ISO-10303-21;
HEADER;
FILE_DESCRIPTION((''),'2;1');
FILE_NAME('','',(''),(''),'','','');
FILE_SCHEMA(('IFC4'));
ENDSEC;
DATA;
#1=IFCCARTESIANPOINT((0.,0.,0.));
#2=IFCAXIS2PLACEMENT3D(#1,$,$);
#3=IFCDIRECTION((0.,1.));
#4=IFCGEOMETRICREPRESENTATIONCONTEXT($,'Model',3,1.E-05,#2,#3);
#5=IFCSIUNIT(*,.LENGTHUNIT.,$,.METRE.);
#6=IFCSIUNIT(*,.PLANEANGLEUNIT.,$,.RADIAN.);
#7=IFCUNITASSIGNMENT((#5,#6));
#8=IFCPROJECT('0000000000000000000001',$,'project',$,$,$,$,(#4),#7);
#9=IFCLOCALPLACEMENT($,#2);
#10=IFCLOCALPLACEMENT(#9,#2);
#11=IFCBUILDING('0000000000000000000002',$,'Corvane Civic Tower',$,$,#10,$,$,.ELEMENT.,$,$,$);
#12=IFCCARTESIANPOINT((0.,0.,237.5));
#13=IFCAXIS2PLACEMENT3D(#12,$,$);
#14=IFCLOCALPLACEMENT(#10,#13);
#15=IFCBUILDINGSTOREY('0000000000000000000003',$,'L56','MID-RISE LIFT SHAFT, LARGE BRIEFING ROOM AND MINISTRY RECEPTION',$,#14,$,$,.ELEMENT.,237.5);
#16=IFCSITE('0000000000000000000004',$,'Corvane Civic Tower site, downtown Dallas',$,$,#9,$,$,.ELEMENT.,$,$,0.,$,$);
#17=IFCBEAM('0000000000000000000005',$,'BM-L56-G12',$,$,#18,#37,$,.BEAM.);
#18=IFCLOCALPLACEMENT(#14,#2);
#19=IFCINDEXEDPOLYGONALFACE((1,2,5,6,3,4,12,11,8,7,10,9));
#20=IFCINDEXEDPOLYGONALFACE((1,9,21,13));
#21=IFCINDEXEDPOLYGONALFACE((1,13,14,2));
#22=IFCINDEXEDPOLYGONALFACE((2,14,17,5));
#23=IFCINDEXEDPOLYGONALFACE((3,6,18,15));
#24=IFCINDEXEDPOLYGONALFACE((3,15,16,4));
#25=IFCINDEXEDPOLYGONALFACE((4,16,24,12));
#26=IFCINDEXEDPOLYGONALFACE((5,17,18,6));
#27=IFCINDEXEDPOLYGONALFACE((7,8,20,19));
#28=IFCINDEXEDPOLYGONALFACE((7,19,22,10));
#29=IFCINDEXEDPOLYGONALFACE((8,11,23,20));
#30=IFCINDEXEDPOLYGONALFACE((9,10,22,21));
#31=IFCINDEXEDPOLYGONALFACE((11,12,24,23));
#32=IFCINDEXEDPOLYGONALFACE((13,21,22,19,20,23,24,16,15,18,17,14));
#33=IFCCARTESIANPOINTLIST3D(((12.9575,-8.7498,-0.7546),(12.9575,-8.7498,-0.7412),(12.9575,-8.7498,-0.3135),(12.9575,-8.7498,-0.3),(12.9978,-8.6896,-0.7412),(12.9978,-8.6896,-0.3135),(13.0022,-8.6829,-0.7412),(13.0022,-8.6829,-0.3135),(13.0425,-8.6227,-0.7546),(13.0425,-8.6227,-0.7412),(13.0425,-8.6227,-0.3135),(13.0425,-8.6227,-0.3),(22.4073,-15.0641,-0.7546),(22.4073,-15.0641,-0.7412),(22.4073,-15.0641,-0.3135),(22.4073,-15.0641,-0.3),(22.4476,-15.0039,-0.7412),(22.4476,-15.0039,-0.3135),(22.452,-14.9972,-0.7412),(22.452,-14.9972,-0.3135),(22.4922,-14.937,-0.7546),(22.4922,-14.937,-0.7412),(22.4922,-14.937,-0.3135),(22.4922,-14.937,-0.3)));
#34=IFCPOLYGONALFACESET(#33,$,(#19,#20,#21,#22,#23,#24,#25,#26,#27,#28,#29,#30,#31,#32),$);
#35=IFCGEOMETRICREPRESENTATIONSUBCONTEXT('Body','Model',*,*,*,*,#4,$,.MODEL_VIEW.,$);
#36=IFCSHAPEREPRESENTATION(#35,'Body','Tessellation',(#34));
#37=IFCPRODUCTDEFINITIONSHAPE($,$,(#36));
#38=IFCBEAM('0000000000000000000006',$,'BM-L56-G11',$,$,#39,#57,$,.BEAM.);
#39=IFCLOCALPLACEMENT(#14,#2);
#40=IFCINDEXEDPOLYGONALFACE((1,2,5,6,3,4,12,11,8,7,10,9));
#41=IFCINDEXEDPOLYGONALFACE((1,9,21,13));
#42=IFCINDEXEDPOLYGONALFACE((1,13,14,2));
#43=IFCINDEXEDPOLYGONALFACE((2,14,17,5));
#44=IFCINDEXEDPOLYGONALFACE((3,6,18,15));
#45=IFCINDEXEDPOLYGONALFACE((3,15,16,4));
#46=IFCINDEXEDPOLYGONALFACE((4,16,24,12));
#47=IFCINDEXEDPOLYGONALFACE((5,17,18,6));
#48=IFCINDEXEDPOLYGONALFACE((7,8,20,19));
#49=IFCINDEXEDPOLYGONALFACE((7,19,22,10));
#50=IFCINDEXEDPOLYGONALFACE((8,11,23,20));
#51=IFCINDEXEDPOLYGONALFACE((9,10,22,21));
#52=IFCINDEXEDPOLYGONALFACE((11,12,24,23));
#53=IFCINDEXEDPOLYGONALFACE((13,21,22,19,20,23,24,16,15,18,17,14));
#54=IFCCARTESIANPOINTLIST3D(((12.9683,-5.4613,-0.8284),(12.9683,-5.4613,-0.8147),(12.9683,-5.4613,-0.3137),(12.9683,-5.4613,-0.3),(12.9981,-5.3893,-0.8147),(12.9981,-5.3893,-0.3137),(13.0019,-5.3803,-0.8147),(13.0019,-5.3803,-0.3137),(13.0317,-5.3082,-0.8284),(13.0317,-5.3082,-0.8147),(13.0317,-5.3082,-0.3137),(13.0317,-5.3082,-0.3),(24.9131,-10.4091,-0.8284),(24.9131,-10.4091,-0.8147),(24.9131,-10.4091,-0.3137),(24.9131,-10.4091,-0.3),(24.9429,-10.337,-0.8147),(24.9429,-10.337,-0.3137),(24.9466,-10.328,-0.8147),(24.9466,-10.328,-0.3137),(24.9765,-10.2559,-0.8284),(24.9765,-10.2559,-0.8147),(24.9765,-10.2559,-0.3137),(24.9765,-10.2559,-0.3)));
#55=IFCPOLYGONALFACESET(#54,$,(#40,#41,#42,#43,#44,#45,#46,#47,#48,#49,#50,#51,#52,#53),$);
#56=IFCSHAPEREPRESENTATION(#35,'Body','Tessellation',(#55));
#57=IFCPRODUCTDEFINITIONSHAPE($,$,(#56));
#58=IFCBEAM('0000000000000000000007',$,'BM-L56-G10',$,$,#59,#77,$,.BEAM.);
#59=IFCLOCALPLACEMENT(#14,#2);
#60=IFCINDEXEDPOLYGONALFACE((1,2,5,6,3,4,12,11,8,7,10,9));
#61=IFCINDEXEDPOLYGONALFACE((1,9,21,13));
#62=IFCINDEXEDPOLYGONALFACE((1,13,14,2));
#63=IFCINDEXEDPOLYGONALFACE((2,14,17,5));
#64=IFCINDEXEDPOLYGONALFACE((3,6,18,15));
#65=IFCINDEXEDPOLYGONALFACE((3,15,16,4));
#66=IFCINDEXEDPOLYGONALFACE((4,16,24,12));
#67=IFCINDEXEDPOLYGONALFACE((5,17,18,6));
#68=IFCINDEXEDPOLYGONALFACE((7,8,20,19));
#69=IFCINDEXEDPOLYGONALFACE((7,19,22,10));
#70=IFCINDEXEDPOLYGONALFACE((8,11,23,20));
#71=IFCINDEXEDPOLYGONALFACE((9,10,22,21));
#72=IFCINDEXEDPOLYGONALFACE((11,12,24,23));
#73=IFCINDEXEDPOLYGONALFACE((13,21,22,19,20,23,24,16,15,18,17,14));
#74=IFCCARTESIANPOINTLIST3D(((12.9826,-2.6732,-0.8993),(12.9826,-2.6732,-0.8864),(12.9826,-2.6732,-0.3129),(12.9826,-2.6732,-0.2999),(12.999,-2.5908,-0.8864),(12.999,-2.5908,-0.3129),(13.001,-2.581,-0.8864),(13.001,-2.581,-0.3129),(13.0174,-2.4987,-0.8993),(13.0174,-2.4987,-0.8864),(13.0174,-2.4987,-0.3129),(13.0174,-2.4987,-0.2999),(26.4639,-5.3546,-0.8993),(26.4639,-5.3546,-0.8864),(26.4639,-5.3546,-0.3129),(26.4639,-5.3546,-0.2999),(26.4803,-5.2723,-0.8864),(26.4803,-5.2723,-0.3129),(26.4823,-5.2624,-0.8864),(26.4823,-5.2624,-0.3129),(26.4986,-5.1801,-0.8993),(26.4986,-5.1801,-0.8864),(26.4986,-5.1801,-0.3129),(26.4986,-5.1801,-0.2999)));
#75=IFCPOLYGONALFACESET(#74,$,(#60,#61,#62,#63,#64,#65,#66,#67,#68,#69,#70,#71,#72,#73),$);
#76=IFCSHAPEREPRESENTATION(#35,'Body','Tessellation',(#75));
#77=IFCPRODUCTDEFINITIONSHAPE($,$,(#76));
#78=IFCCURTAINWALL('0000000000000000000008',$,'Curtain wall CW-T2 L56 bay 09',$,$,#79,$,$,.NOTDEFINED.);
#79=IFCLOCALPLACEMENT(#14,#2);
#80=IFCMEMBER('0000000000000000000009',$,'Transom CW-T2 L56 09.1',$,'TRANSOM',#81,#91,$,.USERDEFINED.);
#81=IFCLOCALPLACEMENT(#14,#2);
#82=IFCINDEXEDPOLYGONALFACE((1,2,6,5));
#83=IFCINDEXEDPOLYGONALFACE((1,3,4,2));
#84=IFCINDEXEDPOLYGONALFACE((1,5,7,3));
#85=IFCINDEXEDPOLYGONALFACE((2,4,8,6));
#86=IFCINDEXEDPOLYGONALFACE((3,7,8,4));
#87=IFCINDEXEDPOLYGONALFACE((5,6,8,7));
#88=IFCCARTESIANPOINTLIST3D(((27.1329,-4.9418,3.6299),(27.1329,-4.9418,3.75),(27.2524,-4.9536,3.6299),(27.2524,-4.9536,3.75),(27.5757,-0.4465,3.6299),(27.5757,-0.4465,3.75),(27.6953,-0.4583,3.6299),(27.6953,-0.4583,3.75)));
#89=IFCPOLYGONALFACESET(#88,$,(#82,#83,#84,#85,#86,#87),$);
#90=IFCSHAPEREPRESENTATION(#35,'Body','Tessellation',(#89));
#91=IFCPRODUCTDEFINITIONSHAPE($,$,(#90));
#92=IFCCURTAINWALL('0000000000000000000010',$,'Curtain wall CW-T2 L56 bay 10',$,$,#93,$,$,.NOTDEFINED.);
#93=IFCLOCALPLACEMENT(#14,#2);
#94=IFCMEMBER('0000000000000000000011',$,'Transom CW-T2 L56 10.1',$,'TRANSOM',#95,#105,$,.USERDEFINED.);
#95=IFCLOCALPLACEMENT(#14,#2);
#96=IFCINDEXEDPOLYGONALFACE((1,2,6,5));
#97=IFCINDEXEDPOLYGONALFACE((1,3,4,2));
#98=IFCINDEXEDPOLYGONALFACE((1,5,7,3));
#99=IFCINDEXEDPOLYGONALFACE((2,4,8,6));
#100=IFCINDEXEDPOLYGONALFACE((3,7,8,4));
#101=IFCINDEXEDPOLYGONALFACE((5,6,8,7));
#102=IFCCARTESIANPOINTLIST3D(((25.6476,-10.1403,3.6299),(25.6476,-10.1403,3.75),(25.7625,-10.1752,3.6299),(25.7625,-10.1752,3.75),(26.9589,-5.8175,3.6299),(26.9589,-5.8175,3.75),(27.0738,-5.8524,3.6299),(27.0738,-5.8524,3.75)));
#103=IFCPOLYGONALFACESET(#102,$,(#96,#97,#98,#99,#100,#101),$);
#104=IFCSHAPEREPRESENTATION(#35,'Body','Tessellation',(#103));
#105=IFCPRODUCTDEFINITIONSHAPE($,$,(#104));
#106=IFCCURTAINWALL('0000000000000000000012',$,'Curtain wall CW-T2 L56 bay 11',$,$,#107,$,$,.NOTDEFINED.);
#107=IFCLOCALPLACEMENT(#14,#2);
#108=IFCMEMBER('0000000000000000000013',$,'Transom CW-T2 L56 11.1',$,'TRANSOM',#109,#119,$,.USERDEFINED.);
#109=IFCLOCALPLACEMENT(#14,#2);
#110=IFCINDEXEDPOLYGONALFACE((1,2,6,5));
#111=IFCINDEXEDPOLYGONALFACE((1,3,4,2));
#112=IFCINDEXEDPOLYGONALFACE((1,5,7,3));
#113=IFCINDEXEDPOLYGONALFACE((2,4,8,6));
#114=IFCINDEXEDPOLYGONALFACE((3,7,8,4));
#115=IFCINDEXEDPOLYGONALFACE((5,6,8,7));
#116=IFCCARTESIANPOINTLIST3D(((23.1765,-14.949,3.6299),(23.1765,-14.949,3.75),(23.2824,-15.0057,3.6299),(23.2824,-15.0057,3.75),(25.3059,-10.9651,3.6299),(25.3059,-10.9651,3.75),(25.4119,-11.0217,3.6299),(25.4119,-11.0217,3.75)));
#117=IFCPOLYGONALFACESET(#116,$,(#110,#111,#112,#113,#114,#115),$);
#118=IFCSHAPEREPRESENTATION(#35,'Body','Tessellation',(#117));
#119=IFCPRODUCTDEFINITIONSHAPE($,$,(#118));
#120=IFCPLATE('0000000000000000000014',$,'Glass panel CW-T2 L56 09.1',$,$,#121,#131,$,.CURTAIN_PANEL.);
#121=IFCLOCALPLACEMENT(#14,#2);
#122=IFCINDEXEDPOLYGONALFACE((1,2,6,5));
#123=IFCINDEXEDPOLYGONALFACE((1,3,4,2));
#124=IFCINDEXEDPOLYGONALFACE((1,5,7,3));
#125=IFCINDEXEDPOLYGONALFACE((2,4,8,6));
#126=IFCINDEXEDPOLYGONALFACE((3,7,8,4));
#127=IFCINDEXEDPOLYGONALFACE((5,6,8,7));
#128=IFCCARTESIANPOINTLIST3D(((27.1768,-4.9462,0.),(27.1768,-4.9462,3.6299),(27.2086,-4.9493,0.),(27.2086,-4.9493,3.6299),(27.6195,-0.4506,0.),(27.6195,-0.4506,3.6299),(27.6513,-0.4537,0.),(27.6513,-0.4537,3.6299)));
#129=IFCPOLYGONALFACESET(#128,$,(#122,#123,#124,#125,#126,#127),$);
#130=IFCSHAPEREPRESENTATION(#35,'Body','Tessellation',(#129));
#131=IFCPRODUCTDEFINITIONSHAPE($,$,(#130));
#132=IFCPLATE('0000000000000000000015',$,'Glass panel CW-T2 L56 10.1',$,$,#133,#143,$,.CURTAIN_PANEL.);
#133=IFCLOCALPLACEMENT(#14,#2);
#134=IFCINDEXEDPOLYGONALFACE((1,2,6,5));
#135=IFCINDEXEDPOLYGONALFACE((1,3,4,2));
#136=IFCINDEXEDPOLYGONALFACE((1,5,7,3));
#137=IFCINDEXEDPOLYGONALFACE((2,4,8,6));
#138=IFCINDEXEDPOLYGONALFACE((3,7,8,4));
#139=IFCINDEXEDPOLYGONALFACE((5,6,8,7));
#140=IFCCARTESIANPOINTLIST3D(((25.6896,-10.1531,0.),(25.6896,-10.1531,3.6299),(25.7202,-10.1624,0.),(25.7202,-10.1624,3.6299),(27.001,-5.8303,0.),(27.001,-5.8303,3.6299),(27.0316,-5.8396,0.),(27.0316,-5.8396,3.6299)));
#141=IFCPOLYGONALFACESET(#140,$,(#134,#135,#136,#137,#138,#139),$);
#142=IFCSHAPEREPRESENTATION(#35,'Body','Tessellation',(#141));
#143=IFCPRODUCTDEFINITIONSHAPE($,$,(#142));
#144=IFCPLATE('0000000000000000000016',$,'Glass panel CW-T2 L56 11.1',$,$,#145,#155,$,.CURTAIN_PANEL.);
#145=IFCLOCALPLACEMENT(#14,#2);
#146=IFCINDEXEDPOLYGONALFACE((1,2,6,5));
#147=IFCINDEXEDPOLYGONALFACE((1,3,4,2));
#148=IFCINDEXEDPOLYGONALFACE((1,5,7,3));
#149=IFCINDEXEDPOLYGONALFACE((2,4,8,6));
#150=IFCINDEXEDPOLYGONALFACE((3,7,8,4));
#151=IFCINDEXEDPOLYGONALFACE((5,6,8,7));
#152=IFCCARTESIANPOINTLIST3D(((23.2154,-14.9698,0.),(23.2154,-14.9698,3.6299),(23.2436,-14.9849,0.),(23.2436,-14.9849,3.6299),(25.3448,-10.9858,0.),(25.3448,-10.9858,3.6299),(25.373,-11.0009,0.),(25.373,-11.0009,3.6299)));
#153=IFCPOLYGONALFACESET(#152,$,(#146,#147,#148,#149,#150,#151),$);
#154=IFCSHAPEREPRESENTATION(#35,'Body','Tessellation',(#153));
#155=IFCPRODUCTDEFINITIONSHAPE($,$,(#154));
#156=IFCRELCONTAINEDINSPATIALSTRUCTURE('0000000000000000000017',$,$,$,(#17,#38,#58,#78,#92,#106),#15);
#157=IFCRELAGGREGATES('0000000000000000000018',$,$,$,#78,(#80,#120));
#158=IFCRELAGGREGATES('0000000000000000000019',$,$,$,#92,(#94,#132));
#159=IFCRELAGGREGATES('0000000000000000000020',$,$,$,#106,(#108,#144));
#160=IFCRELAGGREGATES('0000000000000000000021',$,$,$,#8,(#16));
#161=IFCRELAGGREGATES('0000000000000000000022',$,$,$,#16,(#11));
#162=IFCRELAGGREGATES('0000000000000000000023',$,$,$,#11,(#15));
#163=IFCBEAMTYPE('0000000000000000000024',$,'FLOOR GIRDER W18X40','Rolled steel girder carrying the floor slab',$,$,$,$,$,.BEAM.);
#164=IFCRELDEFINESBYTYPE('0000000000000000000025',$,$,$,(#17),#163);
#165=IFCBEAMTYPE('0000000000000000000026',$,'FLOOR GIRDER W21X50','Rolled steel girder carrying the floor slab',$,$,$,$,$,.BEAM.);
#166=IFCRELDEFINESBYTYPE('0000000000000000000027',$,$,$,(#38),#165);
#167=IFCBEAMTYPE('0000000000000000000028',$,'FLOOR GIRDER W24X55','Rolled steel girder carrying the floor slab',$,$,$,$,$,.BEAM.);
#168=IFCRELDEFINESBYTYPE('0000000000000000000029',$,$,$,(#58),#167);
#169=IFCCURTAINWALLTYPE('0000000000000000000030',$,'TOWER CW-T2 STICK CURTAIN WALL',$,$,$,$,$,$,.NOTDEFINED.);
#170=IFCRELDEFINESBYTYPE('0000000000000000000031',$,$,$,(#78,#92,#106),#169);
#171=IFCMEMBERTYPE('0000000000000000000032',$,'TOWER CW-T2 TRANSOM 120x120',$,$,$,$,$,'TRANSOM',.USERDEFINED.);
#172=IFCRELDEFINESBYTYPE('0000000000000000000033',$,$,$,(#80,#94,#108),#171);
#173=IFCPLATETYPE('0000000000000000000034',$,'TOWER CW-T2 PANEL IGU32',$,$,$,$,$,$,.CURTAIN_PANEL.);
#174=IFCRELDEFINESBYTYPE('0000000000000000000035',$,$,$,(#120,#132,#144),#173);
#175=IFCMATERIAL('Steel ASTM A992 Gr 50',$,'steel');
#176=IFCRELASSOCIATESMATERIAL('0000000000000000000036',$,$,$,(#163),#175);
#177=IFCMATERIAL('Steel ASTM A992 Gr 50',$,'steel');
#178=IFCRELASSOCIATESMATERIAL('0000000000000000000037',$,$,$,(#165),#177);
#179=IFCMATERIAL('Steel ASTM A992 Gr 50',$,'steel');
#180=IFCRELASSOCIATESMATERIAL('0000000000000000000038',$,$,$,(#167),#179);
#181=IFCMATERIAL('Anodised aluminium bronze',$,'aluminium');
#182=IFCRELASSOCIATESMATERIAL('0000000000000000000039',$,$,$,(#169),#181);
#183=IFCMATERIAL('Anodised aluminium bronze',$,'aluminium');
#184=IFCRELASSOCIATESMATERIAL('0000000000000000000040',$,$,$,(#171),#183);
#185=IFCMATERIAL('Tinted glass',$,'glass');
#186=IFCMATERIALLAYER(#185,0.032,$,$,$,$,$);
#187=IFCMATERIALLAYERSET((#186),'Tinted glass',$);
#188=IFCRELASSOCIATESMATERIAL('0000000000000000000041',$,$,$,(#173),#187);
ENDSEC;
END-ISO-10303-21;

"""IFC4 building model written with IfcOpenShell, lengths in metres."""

from ifc_helpers import new_model, si_unit, direction, frame, origin, origin_2d, place, context, subcontext, project, spatial, rectangle, i_section, extrude, material, layer, layer_set, material_profile, profile_set, type_object, element, aggregate, save


model = new_model("IFC4")

# Units and contexts
model_context = context("Model", 3, precision=1e-05, world=origin(), true_north=direction((0.0, 1.0)))
body_context = subcontext(model_context, "Body", "Model", "MODEL_VIEW")
ifc_project = project(units=[si_unit("LENGTHUNIT", "METRE"), si_unit("PLANEANGLEUNIT", "RADIAN")], contexts=[model_context])

# Site, building, storey
site_placement = place(None, origin())
site = spatial("IfcSite", under=ifc_project, at=site_placement, Name="Corvane Civic Tower site, downtown Dallas", CompositionType="ELEMENT", RefElevation=0.0)
building_placement = place(site_placement, origin())
building = spatial("IfcBuilding", under=site, at=building_placement, Name="Corvane Civic Tower", CompositionType="ELEMENT")
storey_placement = place(building_placement, frame((0.0, 0.0, 237.5)))
storey = spatial("IfcBuildingStorey", under=building, at=storey_placement, Name="L56", Description="MID-RISE LIFT SHAFT, LARGE BRIEFING ROOM AND MINISTRY RECEPTION", CompositionType="ELEMENT", Elevation=237.5)

# Beams
ifc_material_1 = material(Name="Steel ASTM A992 Gr 50", Category="steel")
ifc_material_profile_1 = material_profile(ifc_material_1, i_section(OverallWidth=0.1528, OverallDepth=0.4546, WebThickness=0.0081, FlangeThickness=0.0134, at=origin_2d()), Name="W18X40")
ifc_profile_set_1 = profile_set([ifc_material_profile_1], Name="Steel ASTM A992 Gr 50")
beam_type_1 = type_object("IfcBeamType", Name="FLOOR GIRDER W18X40", Description="Rolled steel girder carrying the floor slab", PredefinedType="BEAM", material=ifc_profile_set_1)
beam_1_placement = place(storey_placement, frame((13.0, -8.6863, -0.5273), z_axis=(0.831465, -0.555577, 0.0), x_axis=(0.555577, 0.831465, 0.0)))
element("IfcBeam", 1, at=beam_1_placement, inside=storey, type_object=beam_type_1, Name="BM-L56-G12", PredefinedType="BEAM", context=body_context, shape_type="SweptSolid", body=[
    extrude(i_section(OverallWidth=0.1528, OverallDepth=0.4546, WebThickness=0.0081, FlangeThickness=0.0134, at=origin_2d()), origin(), (0.0, 0.0, 1.0), 11.3652),
])
ifc_material_2 = material(Name="Steel ASTM A992 Gr 50", Category="steel")
ifc_material_profile_2 = material_profile(ifc_material_2, i_section(OverallWidth=0.1658, OverallDepth=0.5283, WebThickness=0.0098, FlangeThickness=0.0137, at=origin_2d()), Name="W21X50")
ifc_profile_set_2 = profile_set([ifc_material_profile_2], Name="Steel ASTM A992 Gr 50")
beam_type_2 = type_object("IfcBeamType", Name="FLOOR GIRDER W21X50", Description="Rolled steel girder carrying the floor slab", PredefinedType="BEAM", material=ifc_profile_set_2)
beam_2_placement = place(storey_placement, frame((13.0, -5.3848, -0.5642), z_axis=(0.923878, -0.382686, 0.0), x_axis=(0.382686, 0.923878, 0.0)))
element("IfcBeam", 2, at=beam_2_placement, inside=storey, type_object=beam_type_2, Name="BM-L56-G11", PredefinedType="BEAM", context=body_context, shape_type="SweptSolid", body=[
    extrude(i_section(OverallWidth=0.1658, OverallDepth=0.5283, WebThickness=0.0098, FlangeThickness=0.0137, at=origin_2d()), origin(), (0.0, 0.0, 1.0), 12.929),
])
ifc_material_3 = material(Name="Steel ASTM A992 Gr 50", Category="steel")
ifc_material_profile_3 = material_profile(ifc_material_3, i_section(OverallWidth=0.178, OverallDepth=0.5994, WebThickness=0.01, FlangeThickness=0.0129, at=origin_2d()), Name="W24X55")
ifc_profile_set_3 = profile_set([ifc_material_profile_3], Name="Steel ASTM A992 Gr 50")
beam_type_3 = type_object("IfcBeamType", Name="FLOOR GIRDER W24X55", Description="Rolled steel girder carrying the floor slab", PredefinedType="BEAM", material=ifc_profile_set_3)
beam_3_placement = place(storey_placement, frame((13.0, -2.5859, -0.5996), z_axis=(0.980788, -0.195078, 0.0), x_axis=(0.195078, 0.980788, 0.0)))
element("IfcBeam", 3, at=beam_3_placement, inside=storey, type_object=beam_type_3, Name="BM-L56-G10", PredefinedType="BEAM", context=body_context, shape_type="SweptSolid", body=[
    extrude(i_section(OverallWidth=0.178, OverallDepth=0.5994, WebThickness=0.01, FlangeThickness=0.0129, at=origin_2d()), origin(), (0.0, 0.0, 1.0), 13.7454),
])

# Curtain walls, members
ifc_material_4 = material(Name="Anodised aluminium bronze", Category="aluminium")
curtain_wall_type = type_object("IfcCurtainWallType", Name="TOWER CW-T2 STICK CURTAIN WALL", PredefinedType="NOTDEFINED", material=ifc_material_4)
curtain_wall_1_placement = place(storey_placement, origin())
curtain_wall_1 = element("IfcCurtainWall", 4, at=curtain_wall_1_placement, inside=storey, type_object=curtain_wall_type, Name="Curtain wall CW-T2 L56 bay 09", PredefinedType="NOTDEFINED")
ifc_material_5 = material(Name="Anodised aluminium bronze", Category="aluminium")
ifc_material_profile_4 = material_profile(ifc_material_5, rectangle(XDim=0.1201, YDim=0.1201, at=origin_2d()), Name="TOWER CW-T2 TRANSOM 120x120")
ifc_profile_set_4 = profile_set([ifc_material_profile_4], Name="Anodised aluminium bronze")
member_type = type_object("IfcMemberType", Name="TOWER CW-T2 TRANSOM 120x120", ElementType="TRANSOM", PredefinedType="USERDEFINED", material=ifc_profile_set_4)
member_1_placement = place(storey_placement, frame((27.6355, -0.4524, 3.6899), z_axis=(-0.098043, -0.995182, 0.0), x_axis=(0.995182, -0.098043, 0.0)))
member_1 = element("IfcMember", 5, at=member_1_placement, type_object=member_type, Name="Transom CW-T2 L56 09.1", ObjectType="TRANSOM", PredefinedType="USERDEFINED", context=body_context, shape_type="SweptSolid", body=[
    extrude(rectangle(XDim=0.1201, YDim=0.1201, at=origin_2d()), origin(), (0.0, 0.0, 1.0), 4.5171),
])
curtain_wall_2_placement = place(storey_placement, origin())
curtain_wall_2 = element("IfcCurtainWall", 6, at=curtain_wall_2_placement, inside=storey, type_object=curtain_wall_type, Name="Curtain wall CW-T2 L56 bay 10", PredefinedType="NOTDEFINED")
member_2_placement = place(storey_placement, frame((27.0164, -5.835, 3.6899), z_axis=(-0.290282, -0.956941, 0.0), x_axis=(0.956941, -0.290282, 0.0)))
member_2 = element("IfcMember", 7, at=member_2_placement, type_object=member_type, Name="Transom CW-T2 L56 10.1", ObjectType="TRANSOM", PredefinedType="USERDEFINED", context=body_context, shape_type="SweptSolid", body=[
    extrude(rectangle(XDim=0.1201, YDim=0.1201, at=origin_2d()), origin(), (0.0, 0.0, 1.0), 4.5173),
])
curtain_wall_3_placement = place(storey_placement, origin())
curtain_wall_3 = element("IfcCurtainWall", 8, at=curtain_wall_3_placement, inside=storey, type_object=curtain_wall_type, Name="Curtain wall CW-T2 L56 bay 11", PredefinedType="NOTDEFINED")
member_3_placement = place(storey_placement, frame((25.3589, -10.9934, 3.6899), z_axis=(-0.47139, -0.881925, 0.0), x_axis=(0.881925, -0.47139, 0.0)))
member_3 = element("IfcMember", 9, at=member_3_placement, type_object=member_type, Name="Transom CW-T2 L56 11.1", ObjectType="TRANSOM", PredefinedType="USERDEFINED", context=body_context, shape_type="SweptSolid", body=[
    extrude(rectangle(XDim=0.1201, YDim=0.1201, at=origin_2d()), origin(), (0.0, 0.0, 1.0), 4.5173),
])

# Plates
ifc_material_6 = material(Name="Tinted glass", Category="glass")
ifc_layer_1 = layer(ifc_material_6, 0.032)
ifc_layer_set_1 = layer_set([ifc_layer_1], Name="Tinted glass")
plate_type = type_object("IfcPlateType", Name="TOWER CW-T2 PANEL IGU32", PredefinedType="CURTAIN_PANEL", material=ifc_layer_set_1)
plate_1_placement = place(storey_placement, frame((27.4141, -2.7, 0.0), z_axis=(0.0, 0.0, 1.0), x_axis=(-0.097993, -0.995187, 0.0)))
plate_1 = element("IfcPlate", 10, at=plate_1_placement, type_object=plate_type, Name="Glass panel CW-T2 L56 09.1", PredefinedType="CURTAIN_PANEL", context=body_context, shape_type="SweptSolid", body=[
    extrude(rectangle(XDim=4.5173, YDim=0.032, at=origin_2d()), origin(), (0.0, 0.0, 1.0), 3.6299),
])
aggregate(curtain_wall_1, [member_1, plate_1])
plate_2_placement = place(storey_placement, frame((26.3606, -7.9963, 0.0), z_axis=(0.0, 0.0, 1.0), x_axis=(-0.29029, -0.956939, 0.0)))
plate_2 = element("IfcPlate", 11, at=plate_2_placement, type_object=plate_type, Name="Glass panel CW-T2 L56 10.1", PredefinedType="CURTAIN_PANEL", context=body_context, shape_type="SweptSolid", body=[
    extrude(rectangle(XDim=4.5173, YDim=0.032, at=origin_2d()), origin(), (0.0, 0.0, 1.0), 3.6299),
])
aggregate(curtain_wall_2, [member_2, plate_2])
plate_3_placement = place(storey_placement, frame((24.2942, -12.9854, 0.0), z_axis=(0.0, 0.0, 1.0), x_axis=(-0.471398, -0.88192, 0.0)))
plate_3 = element("IfcPlate", 12, at=plate_3_placement, type_object=plate_type, Name="Glass panel CW-T2 L56 11.1", PredefinedType="CURTAIN_PANEL", context=body_context, shape_type="SweptSolid", body=[
    extrude(rectangle(XDim=4.5173, YDim=0.032, at=origin_2d()), origin(), (0.0, 0.0, 1.0), 3.6299),
])
aggregate(curtain_wall_3, [member_3, plate_3])

save(model, "model.ifc")
